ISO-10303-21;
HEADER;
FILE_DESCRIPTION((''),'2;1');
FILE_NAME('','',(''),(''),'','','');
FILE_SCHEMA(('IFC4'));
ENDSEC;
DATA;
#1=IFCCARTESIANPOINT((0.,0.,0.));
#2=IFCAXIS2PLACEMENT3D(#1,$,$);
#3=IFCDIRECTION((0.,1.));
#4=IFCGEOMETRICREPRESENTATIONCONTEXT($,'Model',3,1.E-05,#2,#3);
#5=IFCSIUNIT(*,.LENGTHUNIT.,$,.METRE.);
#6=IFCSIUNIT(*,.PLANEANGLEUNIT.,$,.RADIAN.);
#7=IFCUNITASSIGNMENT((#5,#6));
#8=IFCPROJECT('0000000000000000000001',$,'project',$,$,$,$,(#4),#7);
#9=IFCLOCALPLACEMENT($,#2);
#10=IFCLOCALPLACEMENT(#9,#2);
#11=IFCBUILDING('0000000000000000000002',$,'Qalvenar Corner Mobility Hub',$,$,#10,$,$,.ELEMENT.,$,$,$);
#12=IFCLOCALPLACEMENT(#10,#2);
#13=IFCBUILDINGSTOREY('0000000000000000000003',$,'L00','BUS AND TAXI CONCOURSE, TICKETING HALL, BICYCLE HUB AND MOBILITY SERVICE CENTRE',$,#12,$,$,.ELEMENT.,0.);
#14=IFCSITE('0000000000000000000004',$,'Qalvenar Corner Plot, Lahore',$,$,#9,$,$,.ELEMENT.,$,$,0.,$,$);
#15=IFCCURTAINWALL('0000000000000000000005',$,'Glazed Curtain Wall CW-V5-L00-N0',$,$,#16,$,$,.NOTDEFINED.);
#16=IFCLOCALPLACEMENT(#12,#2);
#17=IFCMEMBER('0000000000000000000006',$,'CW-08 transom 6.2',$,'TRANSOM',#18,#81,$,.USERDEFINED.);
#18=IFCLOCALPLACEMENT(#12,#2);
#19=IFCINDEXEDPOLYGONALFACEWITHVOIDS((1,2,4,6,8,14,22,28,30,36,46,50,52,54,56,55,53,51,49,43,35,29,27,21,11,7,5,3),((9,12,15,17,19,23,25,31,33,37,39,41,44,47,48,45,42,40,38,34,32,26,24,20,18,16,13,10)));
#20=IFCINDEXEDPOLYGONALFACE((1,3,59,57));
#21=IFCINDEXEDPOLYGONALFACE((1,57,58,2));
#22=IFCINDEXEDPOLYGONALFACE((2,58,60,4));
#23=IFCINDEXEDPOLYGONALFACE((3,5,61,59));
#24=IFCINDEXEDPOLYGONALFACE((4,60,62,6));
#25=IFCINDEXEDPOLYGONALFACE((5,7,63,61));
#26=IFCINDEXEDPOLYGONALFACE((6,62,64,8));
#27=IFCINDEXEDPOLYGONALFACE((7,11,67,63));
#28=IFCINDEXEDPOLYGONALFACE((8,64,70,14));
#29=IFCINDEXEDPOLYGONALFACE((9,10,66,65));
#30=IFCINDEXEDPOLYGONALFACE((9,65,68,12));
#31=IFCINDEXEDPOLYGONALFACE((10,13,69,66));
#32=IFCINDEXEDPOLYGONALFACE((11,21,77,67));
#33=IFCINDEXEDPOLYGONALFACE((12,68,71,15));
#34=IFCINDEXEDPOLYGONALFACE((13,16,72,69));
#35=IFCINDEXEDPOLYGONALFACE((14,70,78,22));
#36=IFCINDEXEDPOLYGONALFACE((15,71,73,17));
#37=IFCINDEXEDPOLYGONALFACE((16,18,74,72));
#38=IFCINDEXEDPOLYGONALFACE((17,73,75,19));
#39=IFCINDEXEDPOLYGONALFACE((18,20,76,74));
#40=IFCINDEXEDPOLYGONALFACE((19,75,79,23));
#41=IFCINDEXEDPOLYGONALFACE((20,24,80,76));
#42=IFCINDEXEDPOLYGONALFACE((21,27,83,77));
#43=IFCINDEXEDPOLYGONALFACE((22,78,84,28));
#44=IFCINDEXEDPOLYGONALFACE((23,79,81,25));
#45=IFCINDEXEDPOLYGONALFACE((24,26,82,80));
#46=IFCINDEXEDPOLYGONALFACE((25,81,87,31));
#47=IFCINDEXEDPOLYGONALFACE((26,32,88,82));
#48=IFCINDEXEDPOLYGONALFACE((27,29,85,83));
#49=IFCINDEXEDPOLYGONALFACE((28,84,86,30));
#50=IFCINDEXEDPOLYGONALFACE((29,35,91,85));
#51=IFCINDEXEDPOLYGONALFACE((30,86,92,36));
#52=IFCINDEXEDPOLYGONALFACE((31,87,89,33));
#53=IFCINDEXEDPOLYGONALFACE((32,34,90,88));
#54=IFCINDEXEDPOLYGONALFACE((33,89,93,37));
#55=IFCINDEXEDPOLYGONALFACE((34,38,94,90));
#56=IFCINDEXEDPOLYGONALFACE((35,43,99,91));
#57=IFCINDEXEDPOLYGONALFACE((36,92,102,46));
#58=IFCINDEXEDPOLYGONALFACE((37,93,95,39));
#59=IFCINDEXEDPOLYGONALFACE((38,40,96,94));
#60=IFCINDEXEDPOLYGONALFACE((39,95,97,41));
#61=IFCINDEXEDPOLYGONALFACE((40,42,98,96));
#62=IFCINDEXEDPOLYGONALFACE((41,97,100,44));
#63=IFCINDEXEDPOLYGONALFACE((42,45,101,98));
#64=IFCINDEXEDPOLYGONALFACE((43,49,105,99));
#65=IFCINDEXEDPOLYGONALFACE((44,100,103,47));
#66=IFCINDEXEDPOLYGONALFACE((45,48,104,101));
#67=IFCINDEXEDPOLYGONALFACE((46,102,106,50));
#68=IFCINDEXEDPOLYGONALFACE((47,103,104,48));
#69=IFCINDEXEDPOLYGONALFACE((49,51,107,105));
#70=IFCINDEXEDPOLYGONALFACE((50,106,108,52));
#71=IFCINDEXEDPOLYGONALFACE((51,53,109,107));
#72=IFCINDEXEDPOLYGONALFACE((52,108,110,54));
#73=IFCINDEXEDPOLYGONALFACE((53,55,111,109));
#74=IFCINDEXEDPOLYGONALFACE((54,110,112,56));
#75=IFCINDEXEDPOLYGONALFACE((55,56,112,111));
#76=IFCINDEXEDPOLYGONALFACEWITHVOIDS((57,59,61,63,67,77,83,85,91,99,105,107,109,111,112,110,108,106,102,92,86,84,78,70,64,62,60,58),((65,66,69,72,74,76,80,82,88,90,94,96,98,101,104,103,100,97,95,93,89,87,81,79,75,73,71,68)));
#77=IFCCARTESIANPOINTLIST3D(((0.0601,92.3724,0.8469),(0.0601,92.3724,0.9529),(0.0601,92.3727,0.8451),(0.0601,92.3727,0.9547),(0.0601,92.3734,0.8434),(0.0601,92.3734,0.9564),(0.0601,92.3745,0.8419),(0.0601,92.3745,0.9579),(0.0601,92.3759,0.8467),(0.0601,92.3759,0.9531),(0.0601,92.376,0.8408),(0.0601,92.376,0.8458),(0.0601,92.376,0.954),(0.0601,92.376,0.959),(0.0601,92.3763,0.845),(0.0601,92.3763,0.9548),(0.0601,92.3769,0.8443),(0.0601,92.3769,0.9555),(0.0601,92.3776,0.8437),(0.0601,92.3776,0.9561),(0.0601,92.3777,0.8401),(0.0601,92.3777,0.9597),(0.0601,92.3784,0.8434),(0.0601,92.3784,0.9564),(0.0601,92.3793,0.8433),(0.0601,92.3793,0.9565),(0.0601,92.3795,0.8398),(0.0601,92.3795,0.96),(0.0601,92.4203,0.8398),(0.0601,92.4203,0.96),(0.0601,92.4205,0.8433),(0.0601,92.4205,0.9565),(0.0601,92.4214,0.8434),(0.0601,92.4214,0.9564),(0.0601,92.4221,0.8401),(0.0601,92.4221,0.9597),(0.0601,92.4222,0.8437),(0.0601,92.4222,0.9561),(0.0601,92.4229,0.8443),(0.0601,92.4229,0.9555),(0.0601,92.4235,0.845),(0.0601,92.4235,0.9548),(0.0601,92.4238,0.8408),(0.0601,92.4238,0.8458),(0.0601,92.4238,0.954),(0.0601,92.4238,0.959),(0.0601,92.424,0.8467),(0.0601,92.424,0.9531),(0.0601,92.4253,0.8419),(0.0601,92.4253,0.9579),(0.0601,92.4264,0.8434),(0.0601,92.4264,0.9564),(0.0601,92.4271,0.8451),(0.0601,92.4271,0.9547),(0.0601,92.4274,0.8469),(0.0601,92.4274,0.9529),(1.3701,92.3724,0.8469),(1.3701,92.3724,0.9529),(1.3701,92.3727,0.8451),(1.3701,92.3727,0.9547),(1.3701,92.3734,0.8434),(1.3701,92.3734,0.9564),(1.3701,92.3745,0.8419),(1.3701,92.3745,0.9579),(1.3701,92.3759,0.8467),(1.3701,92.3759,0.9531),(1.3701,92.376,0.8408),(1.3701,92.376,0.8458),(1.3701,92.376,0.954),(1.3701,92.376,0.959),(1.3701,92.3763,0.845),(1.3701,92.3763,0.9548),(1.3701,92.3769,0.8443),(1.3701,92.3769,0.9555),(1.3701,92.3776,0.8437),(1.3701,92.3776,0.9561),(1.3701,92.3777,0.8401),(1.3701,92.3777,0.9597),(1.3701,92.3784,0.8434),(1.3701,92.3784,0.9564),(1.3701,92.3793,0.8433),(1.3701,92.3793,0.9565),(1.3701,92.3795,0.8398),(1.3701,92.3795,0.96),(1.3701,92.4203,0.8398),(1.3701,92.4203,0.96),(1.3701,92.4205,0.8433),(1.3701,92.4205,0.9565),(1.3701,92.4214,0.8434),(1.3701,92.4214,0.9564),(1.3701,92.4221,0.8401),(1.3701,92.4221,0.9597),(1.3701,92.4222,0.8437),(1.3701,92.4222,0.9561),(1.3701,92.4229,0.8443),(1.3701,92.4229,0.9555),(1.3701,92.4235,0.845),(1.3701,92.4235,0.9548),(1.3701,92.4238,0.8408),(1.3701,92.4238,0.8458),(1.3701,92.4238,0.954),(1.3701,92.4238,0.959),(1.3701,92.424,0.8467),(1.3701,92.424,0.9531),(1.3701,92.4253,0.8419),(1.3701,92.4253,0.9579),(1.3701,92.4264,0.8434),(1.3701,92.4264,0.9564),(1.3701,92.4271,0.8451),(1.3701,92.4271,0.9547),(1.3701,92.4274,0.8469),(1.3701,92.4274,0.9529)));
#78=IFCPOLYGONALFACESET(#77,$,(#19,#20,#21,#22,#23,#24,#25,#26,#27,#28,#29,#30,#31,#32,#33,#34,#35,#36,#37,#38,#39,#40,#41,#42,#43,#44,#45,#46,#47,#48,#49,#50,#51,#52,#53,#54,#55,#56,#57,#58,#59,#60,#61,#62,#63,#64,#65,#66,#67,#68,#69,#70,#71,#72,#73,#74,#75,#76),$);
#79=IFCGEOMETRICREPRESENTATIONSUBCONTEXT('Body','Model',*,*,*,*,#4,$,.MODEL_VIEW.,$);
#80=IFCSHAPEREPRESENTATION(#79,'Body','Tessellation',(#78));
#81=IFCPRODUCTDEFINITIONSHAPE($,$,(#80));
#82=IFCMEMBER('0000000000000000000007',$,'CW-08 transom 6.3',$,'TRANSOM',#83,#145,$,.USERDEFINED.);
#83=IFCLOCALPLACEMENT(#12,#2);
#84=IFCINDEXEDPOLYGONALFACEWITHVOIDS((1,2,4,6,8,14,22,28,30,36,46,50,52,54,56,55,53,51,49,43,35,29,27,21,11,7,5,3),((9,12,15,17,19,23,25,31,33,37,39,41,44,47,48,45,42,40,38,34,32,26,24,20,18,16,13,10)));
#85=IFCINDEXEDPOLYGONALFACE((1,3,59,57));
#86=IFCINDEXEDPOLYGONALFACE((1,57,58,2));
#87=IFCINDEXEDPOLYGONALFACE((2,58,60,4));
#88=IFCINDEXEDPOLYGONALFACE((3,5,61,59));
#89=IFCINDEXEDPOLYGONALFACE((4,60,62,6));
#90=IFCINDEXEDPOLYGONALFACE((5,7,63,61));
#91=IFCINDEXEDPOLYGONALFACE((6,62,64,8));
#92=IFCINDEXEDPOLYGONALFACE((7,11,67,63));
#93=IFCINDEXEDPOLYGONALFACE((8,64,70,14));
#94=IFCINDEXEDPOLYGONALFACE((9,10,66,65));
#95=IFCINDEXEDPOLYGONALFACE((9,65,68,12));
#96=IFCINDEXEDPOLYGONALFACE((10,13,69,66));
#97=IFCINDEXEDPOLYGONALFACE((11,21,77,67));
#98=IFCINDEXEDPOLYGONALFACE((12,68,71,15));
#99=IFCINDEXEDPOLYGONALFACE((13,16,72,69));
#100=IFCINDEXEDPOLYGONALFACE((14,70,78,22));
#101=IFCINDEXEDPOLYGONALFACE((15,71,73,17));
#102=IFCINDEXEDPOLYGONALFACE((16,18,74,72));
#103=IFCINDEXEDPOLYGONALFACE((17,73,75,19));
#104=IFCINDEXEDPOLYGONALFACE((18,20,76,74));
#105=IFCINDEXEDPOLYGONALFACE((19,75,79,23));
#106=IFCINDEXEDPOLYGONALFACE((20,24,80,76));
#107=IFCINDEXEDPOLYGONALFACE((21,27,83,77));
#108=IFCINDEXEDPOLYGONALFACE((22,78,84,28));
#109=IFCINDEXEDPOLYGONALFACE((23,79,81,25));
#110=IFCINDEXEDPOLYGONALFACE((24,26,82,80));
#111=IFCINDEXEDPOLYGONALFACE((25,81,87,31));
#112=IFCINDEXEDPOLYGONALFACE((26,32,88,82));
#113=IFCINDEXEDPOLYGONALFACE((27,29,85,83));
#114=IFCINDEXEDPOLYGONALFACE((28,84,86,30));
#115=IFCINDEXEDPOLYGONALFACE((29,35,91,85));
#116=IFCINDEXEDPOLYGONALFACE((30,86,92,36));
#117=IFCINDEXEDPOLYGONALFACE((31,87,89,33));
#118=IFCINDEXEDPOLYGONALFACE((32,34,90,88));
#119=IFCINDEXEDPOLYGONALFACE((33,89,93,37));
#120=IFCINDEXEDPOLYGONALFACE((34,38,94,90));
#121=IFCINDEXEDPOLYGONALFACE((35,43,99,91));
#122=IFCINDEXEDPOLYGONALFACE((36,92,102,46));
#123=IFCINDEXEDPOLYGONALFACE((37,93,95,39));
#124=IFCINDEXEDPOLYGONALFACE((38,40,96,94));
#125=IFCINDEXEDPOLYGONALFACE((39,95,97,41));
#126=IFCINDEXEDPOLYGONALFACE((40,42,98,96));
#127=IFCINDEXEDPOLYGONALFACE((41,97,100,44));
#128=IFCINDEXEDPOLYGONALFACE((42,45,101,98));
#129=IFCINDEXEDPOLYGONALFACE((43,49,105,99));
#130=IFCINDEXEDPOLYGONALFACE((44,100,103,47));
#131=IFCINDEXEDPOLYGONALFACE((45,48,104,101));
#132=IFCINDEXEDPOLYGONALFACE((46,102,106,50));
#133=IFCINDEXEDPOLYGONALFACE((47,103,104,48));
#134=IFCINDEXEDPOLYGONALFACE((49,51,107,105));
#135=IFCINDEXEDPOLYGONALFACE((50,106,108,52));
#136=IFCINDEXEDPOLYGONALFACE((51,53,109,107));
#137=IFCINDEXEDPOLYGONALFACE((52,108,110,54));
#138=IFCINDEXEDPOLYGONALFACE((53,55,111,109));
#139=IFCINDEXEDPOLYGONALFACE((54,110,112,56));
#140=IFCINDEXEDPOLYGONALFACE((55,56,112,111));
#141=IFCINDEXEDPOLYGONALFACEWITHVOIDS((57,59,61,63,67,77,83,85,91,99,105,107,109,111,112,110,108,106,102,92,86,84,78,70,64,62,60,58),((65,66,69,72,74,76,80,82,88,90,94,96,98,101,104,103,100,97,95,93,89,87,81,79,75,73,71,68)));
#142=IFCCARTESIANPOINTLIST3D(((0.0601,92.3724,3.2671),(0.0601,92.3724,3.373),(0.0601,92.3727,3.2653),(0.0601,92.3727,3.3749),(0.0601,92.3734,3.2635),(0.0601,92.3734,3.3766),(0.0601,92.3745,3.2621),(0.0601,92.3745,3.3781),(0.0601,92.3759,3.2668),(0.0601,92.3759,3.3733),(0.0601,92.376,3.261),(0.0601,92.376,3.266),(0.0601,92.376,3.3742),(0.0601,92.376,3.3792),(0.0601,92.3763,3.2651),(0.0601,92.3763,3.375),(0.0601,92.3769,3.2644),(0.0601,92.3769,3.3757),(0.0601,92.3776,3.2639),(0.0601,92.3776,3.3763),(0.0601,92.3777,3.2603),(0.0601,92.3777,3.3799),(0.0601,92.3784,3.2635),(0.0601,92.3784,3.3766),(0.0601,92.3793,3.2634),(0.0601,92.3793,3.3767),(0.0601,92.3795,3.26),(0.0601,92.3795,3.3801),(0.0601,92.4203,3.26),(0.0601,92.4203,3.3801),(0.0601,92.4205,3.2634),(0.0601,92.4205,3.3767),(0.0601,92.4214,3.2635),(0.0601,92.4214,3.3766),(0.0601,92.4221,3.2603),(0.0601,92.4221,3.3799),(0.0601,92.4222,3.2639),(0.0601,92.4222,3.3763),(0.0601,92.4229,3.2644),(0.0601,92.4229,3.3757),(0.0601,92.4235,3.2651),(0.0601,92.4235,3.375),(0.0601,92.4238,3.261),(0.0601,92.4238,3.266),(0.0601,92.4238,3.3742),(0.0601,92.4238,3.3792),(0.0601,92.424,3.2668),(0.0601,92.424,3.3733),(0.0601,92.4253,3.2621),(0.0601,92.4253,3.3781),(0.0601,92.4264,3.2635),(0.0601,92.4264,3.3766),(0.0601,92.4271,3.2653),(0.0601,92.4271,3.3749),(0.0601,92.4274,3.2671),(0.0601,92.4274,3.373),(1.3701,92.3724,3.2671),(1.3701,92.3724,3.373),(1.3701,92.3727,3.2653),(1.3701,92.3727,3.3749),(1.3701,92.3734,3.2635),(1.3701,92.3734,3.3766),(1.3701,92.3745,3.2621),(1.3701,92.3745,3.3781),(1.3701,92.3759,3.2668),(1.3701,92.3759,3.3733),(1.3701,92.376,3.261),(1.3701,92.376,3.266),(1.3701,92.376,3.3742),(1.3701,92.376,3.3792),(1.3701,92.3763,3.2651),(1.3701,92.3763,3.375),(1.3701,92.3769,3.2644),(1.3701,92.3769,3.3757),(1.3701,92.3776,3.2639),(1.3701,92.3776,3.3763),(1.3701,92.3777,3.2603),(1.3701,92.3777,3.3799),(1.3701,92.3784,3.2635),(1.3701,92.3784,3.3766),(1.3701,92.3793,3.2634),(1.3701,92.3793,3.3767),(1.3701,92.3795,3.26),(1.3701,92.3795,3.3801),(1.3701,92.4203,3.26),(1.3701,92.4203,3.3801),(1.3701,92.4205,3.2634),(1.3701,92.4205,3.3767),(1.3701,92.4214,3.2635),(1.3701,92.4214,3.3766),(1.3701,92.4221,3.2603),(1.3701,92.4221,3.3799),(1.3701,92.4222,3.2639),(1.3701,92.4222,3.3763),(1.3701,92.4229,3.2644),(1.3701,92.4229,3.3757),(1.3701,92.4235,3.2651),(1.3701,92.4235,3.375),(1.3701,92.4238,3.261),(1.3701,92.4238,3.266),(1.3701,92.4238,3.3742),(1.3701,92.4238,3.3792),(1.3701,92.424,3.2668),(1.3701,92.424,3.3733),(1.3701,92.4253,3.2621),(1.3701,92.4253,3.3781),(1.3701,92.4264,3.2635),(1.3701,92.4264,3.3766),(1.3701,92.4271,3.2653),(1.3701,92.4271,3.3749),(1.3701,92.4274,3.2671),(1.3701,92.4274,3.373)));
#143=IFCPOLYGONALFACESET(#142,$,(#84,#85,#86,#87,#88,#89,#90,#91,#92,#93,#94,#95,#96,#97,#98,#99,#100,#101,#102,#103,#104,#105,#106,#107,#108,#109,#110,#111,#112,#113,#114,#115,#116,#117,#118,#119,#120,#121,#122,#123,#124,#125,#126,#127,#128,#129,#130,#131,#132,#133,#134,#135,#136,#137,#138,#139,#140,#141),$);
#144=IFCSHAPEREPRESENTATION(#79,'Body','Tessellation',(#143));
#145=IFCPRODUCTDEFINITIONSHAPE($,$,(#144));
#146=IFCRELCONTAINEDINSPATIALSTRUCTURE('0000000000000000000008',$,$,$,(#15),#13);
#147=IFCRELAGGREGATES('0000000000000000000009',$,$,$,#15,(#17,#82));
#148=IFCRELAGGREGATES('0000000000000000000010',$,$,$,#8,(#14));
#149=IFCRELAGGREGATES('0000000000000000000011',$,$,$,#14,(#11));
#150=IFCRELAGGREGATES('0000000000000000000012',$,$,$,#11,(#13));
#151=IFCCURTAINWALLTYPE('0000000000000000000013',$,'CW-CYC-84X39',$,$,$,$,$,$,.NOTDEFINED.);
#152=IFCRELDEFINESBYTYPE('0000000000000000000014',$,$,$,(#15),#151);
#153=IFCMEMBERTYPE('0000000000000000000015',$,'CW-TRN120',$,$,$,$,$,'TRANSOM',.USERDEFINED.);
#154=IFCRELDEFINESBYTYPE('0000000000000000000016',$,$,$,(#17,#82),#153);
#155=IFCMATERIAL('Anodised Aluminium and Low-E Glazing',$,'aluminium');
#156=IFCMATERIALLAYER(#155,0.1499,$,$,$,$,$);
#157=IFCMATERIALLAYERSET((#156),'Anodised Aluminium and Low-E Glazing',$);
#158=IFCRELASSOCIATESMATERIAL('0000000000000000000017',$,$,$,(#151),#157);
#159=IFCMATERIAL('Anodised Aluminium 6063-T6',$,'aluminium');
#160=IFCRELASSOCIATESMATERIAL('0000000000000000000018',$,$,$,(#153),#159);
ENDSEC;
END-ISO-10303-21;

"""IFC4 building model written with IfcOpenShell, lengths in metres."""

from ifc_helpers import new_model, si_unit, direction, frame, origin, origin_2d, place, context, subcontext, project, spatial, hollow_rectangle, extrude, material, layer, layer_set, material_profile, profile_set, type_object, element, aggregate, save


model = new_model("IFC4")

# Units and contexts
model_context = context("Model", 3, precision=1e-05, world=origin(), true_north=direction((0.0, 1.0)))
body_context = subcontext(model_context, "Body", "Model", "MODEL_VIEW")
ifc_project = project(units=[si_unit("LENGTHUNIT", "METRE"), si_unit("PLANEANGLEUNIT", "RADIAN")], contexts=[model_context])

# Site, building, storey
site_placement = place(None, origin())
site = spatial("IfcSite", under=ifc_project, at=site_placement, Name="Qalvenar Corner Plot, Lahore", CompositionType="ELEMENT", RefElevation=0.0)
building_placement = place(site_placement, origin())
building = spatial("IfcBuilding", under=site, at=building_placement, Name="Qalvenar Corner Mobility Hub", CompositionType="ELEMENT")
storey_placement = place(building_placement, origin())
storey = spatial("IfcBuildingStorey", under=building, at=storey_placement, Name="L00", Description="BUS AND TAXI CONCOURSE, TICKETING HALL, BICYCLE HUB AND MOBILITY SERVICE CENTRE", CompositionType="ELEMENT", Elevation=0.0)

# Curtain wall, members
ifc_material_1 = material(Name="Anodised Aluminium and Low-E Glazing", Category="aluminium")
ifc_layer_1 = layer(ifc_material_1, 0.1499)
ifc_layer_set_1 = layer_set([ifc_layer_1], Name="Anodised Aluminium and Low-E Glazing")
curtain_wall_type = type_object("IfcCurtainWallType", Name="CW-CYC-84X39", PredefinedType="NOTDEFINED", material=ifc_layer_set_1)
curtain_wall_placement = place(storey_placement, origin())
curtain_wall = element("IfcCurtainWall", 1, at=curtain_wall_placement, inside=storey, type_object=curtain_wall_type, Name="Glazed Curtain Wall CW-V5-L00-N0", PredefinedType="NOTDEFINED")
ifc_material_2 = material(Name="Anodised Aluminium 6063-T6", Category="aluminium")
ifc_material_profile_1 = material_profile(ifc_material_2, hollow_rectangle(XDim=0.0549, YDim=0.1201, WallThickness=0.0034, InnerFilletRadius=0.0034, OuterFilletRadius=0.0071, at=origin_2d()), Name="RHS120x55x3.5")
ifc_profile_set_1 = profile_set([ifc_material_profile_1], Name="Anodised Aluminium 6063-T6")
member_type_1 = type_object("IfcMemberType", Name="CW-TRN120", ElementType="TRANSOM", PredefinedType="USERDEFINED", material=ifc_profile_set_1)
member_1_placement = place(storey_placement, frame((1.3701, 92.3999, 0.8999), z_axis=(-1.0, 0.0, 0.0), x_axis=(0.0, -1.0, 0.0)))
member_1 = element("IfcMember", 2, at=member_1_placement, type_object=member_type_1, Name="CW-08 transom 6.2", ObjectType="TRANSOM", PredefinedType="USERDEFINED", context=body_context, shape_type="SweptSolid", body=[
    extrude(hollow_rectangle(XDim=0.0549, YDim=0.1201, WallThickness=0.0034, InnerFilletRadius=0.0034, OuterFilletRadius=0.0071, at=origin_2d()), origin(), (0.0, 0.0, 1.0), 1.3101),
])
member_2_placement = place(storey_placement, frame((1.3701, 92.3999, 3.3201), z_axis=(-1.0, 0.0, 0.0), x_axis=(0.0, -1.0, 0.0)))
member_2 = element("IfcMember", 3, at=member_2_placement, type_object=member_type_1, Name="CW-08 transom 6.3", ObjectType="TRANSOM", PredefinedType="USERDEFINED", context=body_context, shape_type="SweptSolid", body=[
    extrude(hollow_rectangle(XDim=0.0549, YDim=0.1201, WallThickness=0.0034, InnerFilletRadius=0.0034, OuterFilletRadius=0.0071, at=origin_2d()), origin(), (0.0, 0.0, 1.0), 1.3101),
])
aggregate(curtain_wall, [member_1, member_2])

save(model, "model.ifc")
